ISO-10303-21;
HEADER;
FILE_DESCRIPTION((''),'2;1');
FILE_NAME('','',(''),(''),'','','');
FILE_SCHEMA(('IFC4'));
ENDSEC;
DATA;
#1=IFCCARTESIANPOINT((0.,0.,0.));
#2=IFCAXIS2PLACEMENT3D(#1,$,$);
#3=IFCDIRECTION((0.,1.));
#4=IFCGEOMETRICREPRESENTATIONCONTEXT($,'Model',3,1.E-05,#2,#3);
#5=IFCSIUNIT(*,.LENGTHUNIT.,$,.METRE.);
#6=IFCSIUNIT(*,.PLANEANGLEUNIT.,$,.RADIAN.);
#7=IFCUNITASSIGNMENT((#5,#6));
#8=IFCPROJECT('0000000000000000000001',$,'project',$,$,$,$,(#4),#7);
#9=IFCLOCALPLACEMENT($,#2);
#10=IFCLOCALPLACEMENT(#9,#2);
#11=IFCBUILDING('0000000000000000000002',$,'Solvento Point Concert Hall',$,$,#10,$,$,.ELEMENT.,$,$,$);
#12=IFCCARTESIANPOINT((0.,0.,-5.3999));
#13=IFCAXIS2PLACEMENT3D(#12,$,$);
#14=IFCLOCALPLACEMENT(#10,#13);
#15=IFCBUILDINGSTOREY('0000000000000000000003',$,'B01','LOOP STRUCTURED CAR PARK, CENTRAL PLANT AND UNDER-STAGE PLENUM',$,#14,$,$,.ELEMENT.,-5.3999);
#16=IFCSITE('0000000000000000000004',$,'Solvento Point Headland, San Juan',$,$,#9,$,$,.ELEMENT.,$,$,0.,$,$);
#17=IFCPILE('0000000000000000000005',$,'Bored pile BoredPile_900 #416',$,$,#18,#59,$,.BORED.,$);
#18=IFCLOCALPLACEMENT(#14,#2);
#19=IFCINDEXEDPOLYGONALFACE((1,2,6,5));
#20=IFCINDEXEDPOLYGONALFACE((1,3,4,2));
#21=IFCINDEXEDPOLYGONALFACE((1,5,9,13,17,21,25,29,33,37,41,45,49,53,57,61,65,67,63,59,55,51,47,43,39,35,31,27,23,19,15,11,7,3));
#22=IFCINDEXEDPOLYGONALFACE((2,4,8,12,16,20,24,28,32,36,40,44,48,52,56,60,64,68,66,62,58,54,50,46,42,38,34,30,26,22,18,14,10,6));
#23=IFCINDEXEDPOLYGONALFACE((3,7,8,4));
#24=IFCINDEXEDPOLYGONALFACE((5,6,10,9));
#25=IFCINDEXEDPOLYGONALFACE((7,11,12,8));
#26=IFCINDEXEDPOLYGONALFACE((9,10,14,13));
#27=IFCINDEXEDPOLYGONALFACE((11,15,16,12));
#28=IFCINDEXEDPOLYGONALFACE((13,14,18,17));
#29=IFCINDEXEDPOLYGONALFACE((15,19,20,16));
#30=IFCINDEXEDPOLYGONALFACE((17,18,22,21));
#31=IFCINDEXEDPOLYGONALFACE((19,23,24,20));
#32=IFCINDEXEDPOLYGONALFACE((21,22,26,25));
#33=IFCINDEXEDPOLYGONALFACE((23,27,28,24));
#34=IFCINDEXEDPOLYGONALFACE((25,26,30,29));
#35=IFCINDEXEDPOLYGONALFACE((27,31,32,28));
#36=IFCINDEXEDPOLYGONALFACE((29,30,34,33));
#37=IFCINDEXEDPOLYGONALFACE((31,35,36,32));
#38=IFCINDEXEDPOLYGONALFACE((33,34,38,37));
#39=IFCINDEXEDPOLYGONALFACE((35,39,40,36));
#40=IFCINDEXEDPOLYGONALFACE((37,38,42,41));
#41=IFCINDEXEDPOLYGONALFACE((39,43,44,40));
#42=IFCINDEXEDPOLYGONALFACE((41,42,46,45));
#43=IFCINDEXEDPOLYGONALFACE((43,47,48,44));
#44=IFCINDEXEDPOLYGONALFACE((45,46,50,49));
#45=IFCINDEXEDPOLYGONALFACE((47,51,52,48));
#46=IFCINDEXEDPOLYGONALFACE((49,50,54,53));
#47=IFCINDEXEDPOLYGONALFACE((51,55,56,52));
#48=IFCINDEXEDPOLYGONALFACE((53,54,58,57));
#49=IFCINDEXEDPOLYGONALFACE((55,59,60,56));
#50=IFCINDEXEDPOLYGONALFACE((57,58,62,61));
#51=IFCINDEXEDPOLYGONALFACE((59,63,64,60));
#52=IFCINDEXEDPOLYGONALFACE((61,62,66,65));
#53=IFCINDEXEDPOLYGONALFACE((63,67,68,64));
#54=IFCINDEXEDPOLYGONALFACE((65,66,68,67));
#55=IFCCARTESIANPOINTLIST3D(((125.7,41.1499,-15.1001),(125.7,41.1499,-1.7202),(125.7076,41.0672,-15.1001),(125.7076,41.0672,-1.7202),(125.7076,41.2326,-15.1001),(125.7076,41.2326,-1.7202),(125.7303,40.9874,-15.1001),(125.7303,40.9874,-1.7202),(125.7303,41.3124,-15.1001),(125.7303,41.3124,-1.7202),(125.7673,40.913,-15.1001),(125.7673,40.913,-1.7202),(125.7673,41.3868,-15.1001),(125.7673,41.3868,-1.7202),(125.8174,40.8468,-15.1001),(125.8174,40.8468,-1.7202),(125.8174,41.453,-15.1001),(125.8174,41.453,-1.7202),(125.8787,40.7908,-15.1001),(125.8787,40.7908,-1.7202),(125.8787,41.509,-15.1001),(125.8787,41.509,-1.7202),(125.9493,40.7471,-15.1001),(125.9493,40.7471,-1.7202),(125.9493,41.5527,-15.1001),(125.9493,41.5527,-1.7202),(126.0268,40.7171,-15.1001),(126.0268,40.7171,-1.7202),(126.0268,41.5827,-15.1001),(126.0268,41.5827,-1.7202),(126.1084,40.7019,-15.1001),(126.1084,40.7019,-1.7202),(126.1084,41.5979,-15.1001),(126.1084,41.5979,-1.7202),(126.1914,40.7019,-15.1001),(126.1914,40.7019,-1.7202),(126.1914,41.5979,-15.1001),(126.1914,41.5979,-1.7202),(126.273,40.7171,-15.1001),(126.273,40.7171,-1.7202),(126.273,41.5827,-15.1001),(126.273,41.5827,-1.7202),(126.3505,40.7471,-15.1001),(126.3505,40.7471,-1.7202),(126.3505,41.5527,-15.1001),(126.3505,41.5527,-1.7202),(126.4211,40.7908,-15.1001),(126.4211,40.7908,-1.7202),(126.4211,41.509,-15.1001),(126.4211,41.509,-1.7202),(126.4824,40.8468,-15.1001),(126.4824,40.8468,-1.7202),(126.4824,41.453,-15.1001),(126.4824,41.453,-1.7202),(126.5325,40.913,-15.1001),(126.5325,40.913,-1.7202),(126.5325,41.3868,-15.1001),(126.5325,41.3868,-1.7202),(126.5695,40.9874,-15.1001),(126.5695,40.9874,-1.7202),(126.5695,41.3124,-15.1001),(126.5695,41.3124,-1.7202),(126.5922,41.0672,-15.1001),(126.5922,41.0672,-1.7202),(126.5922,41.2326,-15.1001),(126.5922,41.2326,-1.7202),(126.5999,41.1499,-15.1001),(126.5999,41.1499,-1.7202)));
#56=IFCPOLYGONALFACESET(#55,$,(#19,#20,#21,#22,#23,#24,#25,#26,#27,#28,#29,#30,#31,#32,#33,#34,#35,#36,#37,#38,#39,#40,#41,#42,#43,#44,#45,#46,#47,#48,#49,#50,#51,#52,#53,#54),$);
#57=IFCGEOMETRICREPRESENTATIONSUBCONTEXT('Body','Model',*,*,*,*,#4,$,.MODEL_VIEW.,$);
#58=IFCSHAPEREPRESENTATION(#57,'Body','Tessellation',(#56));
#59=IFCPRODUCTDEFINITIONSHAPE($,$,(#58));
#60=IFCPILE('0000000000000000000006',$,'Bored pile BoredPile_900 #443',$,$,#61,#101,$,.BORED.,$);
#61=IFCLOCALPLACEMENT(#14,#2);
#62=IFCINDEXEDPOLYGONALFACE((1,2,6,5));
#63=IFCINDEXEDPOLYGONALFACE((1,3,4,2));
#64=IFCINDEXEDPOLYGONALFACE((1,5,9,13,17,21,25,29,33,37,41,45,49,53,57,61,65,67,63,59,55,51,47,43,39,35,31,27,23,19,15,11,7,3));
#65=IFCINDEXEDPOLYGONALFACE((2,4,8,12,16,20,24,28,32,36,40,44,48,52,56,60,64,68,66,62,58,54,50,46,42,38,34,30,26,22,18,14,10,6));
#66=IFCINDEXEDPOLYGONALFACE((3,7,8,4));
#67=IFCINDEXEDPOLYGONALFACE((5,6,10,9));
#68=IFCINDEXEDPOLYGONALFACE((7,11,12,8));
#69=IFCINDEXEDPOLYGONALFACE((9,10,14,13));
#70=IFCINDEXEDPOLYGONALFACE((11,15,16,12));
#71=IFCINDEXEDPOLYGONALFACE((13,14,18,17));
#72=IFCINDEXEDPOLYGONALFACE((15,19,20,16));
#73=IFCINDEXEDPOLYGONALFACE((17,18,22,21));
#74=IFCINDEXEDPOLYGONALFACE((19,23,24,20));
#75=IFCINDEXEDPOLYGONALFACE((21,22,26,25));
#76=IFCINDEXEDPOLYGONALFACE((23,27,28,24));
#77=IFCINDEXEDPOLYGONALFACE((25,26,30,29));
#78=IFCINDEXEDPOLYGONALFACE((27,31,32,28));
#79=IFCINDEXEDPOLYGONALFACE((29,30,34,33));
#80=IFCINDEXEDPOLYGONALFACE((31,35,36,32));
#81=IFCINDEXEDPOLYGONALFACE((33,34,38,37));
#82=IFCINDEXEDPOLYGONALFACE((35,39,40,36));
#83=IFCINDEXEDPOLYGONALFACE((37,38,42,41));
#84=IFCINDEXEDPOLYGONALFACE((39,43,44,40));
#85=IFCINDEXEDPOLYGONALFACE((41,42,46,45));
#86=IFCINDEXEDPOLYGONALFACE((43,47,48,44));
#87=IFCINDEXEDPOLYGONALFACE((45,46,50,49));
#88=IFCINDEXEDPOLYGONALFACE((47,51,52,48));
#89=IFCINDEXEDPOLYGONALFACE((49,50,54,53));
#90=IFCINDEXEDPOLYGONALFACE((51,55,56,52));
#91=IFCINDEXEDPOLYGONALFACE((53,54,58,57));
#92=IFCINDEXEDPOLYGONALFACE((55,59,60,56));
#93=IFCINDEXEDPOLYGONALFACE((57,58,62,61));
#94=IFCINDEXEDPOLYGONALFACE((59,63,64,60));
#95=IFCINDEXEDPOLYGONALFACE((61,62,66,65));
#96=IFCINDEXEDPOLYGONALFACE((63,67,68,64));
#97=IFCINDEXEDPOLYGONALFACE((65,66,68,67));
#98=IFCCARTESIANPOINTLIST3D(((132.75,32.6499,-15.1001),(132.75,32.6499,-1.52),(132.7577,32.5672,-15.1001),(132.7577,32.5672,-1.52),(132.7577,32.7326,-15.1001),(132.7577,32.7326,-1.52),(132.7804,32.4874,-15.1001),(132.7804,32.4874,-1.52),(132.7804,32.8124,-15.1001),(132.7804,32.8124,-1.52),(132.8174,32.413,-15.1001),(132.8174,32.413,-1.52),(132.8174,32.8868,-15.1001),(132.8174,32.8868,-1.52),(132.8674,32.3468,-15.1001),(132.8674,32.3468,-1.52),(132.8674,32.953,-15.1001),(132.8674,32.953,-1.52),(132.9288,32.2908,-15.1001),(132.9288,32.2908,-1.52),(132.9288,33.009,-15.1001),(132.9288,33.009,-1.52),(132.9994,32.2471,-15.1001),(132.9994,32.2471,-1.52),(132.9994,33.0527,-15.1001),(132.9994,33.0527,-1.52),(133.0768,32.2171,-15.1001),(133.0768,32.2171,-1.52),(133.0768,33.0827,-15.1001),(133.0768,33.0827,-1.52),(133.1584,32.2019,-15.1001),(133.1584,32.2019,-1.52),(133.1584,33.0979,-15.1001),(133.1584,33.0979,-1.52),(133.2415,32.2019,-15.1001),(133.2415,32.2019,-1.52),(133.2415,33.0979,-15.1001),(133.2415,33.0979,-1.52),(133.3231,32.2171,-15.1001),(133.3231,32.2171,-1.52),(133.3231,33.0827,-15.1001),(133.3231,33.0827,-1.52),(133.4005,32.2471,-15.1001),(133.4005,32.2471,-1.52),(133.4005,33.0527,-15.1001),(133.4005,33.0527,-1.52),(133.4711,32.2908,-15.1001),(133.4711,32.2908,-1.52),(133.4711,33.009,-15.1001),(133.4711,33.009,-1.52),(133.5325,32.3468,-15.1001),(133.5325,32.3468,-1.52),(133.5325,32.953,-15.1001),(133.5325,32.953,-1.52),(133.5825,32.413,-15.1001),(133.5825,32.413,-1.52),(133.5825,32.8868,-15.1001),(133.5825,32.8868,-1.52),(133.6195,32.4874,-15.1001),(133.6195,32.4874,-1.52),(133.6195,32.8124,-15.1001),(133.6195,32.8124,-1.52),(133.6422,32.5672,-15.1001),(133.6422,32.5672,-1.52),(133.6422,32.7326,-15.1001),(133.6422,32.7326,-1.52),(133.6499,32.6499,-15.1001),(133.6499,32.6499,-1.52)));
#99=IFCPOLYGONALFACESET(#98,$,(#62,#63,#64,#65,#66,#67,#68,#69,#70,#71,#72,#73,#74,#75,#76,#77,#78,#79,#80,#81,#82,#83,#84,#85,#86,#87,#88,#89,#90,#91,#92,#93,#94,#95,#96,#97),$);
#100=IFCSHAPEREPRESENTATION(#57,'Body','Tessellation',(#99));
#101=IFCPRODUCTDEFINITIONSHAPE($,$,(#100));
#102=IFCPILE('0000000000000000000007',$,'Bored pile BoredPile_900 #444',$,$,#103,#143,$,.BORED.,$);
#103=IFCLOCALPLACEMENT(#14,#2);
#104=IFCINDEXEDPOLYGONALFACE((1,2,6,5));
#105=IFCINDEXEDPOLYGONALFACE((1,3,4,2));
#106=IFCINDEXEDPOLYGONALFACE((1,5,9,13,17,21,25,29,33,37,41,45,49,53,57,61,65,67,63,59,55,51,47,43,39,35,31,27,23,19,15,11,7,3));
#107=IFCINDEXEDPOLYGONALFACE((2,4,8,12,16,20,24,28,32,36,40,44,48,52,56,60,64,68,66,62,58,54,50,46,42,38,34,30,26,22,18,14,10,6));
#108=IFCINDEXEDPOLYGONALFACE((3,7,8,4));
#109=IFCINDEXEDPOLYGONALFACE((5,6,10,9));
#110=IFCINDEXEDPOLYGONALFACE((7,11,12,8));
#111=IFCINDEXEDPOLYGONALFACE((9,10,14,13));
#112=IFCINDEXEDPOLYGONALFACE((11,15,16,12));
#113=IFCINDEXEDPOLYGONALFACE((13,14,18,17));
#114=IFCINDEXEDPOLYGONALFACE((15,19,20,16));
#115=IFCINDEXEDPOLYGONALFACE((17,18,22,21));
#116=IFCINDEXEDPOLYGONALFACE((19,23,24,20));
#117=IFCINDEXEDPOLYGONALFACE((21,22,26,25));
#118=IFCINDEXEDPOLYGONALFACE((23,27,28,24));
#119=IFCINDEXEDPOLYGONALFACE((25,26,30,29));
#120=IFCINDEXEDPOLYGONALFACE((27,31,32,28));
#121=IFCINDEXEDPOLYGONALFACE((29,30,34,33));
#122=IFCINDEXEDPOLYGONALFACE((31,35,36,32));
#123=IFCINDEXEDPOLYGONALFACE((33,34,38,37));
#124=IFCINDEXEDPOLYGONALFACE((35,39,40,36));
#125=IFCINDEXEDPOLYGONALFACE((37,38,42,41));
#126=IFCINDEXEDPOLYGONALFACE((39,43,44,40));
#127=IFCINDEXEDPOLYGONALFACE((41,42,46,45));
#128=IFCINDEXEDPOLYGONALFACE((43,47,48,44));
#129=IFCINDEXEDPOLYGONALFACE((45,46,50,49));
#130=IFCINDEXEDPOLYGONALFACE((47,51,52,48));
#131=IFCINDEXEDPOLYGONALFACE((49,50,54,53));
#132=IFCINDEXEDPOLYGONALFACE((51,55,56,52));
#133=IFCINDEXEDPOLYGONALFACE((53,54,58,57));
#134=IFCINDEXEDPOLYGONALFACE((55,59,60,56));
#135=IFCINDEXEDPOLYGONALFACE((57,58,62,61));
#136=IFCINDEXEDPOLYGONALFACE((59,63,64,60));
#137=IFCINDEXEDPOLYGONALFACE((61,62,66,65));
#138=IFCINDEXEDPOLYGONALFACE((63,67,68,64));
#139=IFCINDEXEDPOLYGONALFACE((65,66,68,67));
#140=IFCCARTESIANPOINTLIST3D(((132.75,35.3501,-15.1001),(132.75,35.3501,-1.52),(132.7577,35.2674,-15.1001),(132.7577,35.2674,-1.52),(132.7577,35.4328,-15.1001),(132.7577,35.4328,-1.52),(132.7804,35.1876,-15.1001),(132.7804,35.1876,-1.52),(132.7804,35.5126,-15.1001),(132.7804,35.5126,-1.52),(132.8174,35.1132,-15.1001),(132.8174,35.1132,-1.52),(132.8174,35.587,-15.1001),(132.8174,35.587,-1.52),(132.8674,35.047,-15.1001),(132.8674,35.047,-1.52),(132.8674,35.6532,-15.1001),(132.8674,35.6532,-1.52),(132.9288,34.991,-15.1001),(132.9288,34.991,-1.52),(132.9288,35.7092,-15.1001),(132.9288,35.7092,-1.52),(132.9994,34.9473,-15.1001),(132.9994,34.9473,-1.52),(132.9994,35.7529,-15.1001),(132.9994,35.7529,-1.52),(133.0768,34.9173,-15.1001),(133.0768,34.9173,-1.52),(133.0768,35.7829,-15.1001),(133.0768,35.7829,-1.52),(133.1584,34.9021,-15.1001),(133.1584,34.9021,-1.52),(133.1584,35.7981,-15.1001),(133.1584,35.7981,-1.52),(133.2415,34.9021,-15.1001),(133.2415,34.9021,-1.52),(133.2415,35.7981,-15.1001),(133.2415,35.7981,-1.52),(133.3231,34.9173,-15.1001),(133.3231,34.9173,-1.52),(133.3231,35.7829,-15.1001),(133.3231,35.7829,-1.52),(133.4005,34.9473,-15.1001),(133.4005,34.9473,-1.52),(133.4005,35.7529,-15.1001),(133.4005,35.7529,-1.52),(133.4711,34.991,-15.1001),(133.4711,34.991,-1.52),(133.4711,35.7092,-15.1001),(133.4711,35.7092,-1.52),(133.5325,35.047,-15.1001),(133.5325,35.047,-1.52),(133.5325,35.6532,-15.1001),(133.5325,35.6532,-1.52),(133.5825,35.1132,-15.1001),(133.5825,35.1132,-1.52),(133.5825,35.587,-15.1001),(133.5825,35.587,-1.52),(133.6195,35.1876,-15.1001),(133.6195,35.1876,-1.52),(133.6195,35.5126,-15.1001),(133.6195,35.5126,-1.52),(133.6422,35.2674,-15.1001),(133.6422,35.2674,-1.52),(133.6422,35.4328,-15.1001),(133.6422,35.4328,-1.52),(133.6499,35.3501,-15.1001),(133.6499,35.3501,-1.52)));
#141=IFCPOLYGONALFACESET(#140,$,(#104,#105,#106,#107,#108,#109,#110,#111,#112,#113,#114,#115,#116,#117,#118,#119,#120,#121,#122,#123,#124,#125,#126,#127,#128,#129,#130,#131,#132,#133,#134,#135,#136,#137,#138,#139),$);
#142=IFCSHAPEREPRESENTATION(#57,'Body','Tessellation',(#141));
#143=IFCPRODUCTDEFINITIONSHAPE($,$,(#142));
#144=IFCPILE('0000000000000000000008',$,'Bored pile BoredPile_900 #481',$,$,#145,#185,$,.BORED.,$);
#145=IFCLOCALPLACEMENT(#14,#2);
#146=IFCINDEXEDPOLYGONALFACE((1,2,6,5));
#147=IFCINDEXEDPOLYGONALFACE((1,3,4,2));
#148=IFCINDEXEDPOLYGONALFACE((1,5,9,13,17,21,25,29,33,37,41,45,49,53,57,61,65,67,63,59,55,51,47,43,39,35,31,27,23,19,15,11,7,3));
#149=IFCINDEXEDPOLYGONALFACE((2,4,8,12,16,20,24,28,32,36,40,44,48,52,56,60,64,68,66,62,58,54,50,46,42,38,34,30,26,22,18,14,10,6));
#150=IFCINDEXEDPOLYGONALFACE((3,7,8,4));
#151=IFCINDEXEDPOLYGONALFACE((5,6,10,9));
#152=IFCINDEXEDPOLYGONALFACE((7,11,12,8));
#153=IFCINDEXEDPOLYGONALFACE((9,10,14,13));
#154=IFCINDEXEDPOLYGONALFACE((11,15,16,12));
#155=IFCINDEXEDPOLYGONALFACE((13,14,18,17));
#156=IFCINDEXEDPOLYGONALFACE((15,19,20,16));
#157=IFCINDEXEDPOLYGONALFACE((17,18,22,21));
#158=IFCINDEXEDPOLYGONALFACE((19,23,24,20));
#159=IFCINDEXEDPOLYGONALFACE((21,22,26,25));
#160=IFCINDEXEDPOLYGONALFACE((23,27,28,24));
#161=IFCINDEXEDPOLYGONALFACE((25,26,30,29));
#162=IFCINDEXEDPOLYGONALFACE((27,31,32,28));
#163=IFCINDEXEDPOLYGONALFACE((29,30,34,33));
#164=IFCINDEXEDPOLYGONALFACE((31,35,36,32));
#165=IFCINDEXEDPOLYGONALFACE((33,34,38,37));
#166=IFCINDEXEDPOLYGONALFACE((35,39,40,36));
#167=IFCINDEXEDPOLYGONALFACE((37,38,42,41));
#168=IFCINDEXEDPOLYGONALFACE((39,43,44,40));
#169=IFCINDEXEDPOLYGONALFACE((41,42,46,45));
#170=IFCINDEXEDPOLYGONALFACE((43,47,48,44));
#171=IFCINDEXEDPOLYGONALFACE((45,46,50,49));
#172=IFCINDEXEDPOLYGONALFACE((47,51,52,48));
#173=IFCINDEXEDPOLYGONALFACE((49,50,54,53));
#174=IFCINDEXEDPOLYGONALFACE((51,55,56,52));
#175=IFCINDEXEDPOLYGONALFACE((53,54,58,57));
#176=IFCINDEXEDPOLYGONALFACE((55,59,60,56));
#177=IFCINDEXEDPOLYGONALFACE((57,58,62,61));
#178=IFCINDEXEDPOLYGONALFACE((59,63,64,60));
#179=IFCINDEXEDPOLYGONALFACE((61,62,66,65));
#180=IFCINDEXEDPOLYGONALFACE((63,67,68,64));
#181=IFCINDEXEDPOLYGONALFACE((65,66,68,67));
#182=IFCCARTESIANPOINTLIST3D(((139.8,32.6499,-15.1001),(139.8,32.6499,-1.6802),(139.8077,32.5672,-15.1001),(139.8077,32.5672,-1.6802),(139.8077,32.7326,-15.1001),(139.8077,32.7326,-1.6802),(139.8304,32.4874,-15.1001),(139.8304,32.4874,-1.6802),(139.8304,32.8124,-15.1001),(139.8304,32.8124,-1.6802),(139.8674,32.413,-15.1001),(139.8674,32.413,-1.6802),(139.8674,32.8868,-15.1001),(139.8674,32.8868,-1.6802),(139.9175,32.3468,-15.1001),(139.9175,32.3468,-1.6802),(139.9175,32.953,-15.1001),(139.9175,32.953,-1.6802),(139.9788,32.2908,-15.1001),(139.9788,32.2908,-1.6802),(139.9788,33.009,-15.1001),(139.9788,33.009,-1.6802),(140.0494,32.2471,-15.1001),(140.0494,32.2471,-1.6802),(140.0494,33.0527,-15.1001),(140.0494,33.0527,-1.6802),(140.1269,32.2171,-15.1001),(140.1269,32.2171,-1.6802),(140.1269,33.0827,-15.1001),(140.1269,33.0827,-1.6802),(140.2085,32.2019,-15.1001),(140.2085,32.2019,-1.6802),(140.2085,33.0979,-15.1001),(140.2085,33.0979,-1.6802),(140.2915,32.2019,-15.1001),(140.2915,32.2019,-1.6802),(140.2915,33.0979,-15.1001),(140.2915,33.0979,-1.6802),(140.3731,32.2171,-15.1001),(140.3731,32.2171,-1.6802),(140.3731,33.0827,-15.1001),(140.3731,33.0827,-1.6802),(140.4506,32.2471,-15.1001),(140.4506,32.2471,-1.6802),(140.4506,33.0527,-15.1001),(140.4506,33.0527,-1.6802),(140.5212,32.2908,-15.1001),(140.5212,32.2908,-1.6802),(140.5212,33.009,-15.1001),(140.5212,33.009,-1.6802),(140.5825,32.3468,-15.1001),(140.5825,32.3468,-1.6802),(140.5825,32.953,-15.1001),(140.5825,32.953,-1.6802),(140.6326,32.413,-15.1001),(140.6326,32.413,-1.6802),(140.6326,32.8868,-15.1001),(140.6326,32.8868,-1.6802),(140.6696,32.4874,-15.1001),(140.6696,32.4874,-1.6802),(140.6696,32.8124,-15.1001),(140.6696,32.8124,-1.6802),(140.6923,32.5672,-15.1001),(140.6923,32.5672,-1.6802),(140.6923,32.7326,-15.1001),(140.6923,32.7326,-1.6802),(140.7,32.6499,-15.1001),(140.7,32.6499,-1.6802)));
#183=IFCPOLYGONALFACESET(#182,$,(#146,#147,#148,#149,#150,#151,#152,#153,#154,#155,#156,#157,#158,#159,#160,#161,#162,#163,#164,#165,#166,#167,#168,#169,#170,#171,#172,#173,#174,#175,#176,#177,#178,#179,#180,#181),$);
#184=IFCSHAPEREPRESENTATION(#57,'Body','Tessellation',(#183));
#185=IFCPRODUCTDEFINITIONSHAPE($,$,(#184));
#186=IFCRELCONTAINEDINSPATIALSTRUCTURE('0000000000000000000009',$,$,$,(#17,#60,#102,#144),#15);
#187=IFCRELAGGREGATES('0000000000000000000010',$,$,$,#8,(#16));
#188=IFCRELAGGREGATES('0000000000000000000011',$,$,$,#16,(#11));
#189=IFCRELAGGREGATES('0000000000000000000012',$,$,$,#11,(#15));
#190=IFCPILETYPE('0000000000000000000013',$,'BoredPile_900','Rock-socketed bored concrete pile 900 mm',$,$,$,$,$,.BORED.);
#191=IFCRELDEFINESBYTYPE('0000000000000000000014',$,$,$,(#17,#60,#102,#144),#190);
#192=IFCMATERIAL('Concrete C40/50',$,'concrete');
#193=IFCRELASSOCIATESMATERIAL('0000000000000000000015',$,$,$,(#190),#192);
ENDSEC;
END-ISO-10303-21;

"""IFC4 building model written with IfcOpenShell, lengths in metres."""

from ifc_helpers import new_model, si_unit, direction, frame, origin, origin_2d, place, context, subcontext, project, spatial, circle, extrude, material, material_profile, profile_set, type_object, element, save


model = new_model("IFC4")

# Units and contexts
model_context = context("Model", 3, precision=1e-05, world=origin(), true_north=direction((0.0, 1.0)))
body_context = subcontext(model_context, "Body", "Model", "MODEL_VIEW")
ifc_project = project(units=[si_unit("LENGTHUNIT", "METRE"), si_unit("PLANEANGLEUNIT", "RADIAN")], contexts=[model_context])

# Site, building, storey
site_placement = place(None, origin())
site = spatial("IfcSite", under=ifc_project, at=site_placement, Name="Solvento Point Headland, San Juan", CompositionType="ELEMENT", RefElevation=0.0)
building_placement = place(site_placement, origin())
building = spatial("IfcBuilding", under=site, at=building_placement, Name="Solvento Point Concert Hall", CompositionType="ELEMENT")
storey_placement = place(building_placement, frame((0.0, 0.0, -5.3999)))
storey = spatial("IfcBuildingStorey", under=building, at=storey_placement, Name="B01", Description="LOOP STRUCTURED CAR PARK, CENTRAL PLANT AND UNDER-STAGE PLENUM", CompositionType="ELEMENT", Elevation=-5.3999)

# Piles
ifc_material_1 = material(Name="Concrete C40/50", Category="concrete")
ifc_material_profile_1 = material_profile(ifc_material_1, circle(Radius=0.45, at=origin_2d()), Name="BP-900")
ifc_profile_set_1 = profile_set([ifc_material_profile_1], Name="Concrete C40/50")
pile_type_1 = type_object("IfcPileType", Name="BoredPile_900", Description="Rock-socketed bored concrete pile 900 mm", PredefinedType="BORED", material=ifc_profile_set_1)
for number, where, z_axis, x_axis, name in (
    (1, (126.1499, 41.1499, -1.7202), (0.0, 0.0, -1.0), (1.0, 0.0, 0.0), "Bored pile BoredPile_900 #416"),
):
    element("IfcPile", number, at=place(storey_placement, frame(where, z_axis=z_axis, x_axis=x_axis)), inside=storey, type_object=pile_type_1, Name=name, PredefinedType="BORED", context=body_context, shape_type="SweptSolid", body=[
        extrude(circle(Radius=0.45, at=origin_2d()), origin(), (0.0, 0.0, 1.0), 13.3799),
    ])
for number, where, z_axis, x_axis, name in (
    (2, (133.2, 32.6499, -1.52), (0.0, 0.0, -1.0), (1.0, 0.0, 0.0), "Bored pile BoredPile_900 #443"),
    (3, (133.2, 35.3501, -1.52), (0.0, 0.0, -1.0), (1.0, 0.0, 0.0), "Bored pile BoredPile_900 #444"),
):
    element("IfcPile", number, at=place(storey_placement, frame(where, z_axis=z_axis, x_axis=x_axis)), inside=storey, type_object=pile_type_1, Name=name, PredefinedType="BORED", context=body_context, shape_type="SweptSolid", body=[
        extrude(circle(Radius=0.45, at=origin_2d()), origin(), (0.0, 0.0, 1.0), 13.5801),
    ])
for number, where, z_axis, x_axis, name in (
    (4, (140.25, 32.6499, -1.6802), (0.0, 0.0, -1.0), (1.0, 0.0, 0.0), "Bored pile BoredPile_900 #481"),
):
    element("IfcPile", number, at=place(storey_placement, frame(where, z_axis=z_axis, x_axis=x_axis)), inside=storey, type_object=pile_type_1, Name=name, PredefinedType="BORED", context=body_context, shape_type="SweptSolid", body=[
        extrude(circle(Radius=0.45, at=origin_2d()), origin(), (0.0, 0.0, 1.0), 13.4199),
    ])

save(model, "model.ifc")
